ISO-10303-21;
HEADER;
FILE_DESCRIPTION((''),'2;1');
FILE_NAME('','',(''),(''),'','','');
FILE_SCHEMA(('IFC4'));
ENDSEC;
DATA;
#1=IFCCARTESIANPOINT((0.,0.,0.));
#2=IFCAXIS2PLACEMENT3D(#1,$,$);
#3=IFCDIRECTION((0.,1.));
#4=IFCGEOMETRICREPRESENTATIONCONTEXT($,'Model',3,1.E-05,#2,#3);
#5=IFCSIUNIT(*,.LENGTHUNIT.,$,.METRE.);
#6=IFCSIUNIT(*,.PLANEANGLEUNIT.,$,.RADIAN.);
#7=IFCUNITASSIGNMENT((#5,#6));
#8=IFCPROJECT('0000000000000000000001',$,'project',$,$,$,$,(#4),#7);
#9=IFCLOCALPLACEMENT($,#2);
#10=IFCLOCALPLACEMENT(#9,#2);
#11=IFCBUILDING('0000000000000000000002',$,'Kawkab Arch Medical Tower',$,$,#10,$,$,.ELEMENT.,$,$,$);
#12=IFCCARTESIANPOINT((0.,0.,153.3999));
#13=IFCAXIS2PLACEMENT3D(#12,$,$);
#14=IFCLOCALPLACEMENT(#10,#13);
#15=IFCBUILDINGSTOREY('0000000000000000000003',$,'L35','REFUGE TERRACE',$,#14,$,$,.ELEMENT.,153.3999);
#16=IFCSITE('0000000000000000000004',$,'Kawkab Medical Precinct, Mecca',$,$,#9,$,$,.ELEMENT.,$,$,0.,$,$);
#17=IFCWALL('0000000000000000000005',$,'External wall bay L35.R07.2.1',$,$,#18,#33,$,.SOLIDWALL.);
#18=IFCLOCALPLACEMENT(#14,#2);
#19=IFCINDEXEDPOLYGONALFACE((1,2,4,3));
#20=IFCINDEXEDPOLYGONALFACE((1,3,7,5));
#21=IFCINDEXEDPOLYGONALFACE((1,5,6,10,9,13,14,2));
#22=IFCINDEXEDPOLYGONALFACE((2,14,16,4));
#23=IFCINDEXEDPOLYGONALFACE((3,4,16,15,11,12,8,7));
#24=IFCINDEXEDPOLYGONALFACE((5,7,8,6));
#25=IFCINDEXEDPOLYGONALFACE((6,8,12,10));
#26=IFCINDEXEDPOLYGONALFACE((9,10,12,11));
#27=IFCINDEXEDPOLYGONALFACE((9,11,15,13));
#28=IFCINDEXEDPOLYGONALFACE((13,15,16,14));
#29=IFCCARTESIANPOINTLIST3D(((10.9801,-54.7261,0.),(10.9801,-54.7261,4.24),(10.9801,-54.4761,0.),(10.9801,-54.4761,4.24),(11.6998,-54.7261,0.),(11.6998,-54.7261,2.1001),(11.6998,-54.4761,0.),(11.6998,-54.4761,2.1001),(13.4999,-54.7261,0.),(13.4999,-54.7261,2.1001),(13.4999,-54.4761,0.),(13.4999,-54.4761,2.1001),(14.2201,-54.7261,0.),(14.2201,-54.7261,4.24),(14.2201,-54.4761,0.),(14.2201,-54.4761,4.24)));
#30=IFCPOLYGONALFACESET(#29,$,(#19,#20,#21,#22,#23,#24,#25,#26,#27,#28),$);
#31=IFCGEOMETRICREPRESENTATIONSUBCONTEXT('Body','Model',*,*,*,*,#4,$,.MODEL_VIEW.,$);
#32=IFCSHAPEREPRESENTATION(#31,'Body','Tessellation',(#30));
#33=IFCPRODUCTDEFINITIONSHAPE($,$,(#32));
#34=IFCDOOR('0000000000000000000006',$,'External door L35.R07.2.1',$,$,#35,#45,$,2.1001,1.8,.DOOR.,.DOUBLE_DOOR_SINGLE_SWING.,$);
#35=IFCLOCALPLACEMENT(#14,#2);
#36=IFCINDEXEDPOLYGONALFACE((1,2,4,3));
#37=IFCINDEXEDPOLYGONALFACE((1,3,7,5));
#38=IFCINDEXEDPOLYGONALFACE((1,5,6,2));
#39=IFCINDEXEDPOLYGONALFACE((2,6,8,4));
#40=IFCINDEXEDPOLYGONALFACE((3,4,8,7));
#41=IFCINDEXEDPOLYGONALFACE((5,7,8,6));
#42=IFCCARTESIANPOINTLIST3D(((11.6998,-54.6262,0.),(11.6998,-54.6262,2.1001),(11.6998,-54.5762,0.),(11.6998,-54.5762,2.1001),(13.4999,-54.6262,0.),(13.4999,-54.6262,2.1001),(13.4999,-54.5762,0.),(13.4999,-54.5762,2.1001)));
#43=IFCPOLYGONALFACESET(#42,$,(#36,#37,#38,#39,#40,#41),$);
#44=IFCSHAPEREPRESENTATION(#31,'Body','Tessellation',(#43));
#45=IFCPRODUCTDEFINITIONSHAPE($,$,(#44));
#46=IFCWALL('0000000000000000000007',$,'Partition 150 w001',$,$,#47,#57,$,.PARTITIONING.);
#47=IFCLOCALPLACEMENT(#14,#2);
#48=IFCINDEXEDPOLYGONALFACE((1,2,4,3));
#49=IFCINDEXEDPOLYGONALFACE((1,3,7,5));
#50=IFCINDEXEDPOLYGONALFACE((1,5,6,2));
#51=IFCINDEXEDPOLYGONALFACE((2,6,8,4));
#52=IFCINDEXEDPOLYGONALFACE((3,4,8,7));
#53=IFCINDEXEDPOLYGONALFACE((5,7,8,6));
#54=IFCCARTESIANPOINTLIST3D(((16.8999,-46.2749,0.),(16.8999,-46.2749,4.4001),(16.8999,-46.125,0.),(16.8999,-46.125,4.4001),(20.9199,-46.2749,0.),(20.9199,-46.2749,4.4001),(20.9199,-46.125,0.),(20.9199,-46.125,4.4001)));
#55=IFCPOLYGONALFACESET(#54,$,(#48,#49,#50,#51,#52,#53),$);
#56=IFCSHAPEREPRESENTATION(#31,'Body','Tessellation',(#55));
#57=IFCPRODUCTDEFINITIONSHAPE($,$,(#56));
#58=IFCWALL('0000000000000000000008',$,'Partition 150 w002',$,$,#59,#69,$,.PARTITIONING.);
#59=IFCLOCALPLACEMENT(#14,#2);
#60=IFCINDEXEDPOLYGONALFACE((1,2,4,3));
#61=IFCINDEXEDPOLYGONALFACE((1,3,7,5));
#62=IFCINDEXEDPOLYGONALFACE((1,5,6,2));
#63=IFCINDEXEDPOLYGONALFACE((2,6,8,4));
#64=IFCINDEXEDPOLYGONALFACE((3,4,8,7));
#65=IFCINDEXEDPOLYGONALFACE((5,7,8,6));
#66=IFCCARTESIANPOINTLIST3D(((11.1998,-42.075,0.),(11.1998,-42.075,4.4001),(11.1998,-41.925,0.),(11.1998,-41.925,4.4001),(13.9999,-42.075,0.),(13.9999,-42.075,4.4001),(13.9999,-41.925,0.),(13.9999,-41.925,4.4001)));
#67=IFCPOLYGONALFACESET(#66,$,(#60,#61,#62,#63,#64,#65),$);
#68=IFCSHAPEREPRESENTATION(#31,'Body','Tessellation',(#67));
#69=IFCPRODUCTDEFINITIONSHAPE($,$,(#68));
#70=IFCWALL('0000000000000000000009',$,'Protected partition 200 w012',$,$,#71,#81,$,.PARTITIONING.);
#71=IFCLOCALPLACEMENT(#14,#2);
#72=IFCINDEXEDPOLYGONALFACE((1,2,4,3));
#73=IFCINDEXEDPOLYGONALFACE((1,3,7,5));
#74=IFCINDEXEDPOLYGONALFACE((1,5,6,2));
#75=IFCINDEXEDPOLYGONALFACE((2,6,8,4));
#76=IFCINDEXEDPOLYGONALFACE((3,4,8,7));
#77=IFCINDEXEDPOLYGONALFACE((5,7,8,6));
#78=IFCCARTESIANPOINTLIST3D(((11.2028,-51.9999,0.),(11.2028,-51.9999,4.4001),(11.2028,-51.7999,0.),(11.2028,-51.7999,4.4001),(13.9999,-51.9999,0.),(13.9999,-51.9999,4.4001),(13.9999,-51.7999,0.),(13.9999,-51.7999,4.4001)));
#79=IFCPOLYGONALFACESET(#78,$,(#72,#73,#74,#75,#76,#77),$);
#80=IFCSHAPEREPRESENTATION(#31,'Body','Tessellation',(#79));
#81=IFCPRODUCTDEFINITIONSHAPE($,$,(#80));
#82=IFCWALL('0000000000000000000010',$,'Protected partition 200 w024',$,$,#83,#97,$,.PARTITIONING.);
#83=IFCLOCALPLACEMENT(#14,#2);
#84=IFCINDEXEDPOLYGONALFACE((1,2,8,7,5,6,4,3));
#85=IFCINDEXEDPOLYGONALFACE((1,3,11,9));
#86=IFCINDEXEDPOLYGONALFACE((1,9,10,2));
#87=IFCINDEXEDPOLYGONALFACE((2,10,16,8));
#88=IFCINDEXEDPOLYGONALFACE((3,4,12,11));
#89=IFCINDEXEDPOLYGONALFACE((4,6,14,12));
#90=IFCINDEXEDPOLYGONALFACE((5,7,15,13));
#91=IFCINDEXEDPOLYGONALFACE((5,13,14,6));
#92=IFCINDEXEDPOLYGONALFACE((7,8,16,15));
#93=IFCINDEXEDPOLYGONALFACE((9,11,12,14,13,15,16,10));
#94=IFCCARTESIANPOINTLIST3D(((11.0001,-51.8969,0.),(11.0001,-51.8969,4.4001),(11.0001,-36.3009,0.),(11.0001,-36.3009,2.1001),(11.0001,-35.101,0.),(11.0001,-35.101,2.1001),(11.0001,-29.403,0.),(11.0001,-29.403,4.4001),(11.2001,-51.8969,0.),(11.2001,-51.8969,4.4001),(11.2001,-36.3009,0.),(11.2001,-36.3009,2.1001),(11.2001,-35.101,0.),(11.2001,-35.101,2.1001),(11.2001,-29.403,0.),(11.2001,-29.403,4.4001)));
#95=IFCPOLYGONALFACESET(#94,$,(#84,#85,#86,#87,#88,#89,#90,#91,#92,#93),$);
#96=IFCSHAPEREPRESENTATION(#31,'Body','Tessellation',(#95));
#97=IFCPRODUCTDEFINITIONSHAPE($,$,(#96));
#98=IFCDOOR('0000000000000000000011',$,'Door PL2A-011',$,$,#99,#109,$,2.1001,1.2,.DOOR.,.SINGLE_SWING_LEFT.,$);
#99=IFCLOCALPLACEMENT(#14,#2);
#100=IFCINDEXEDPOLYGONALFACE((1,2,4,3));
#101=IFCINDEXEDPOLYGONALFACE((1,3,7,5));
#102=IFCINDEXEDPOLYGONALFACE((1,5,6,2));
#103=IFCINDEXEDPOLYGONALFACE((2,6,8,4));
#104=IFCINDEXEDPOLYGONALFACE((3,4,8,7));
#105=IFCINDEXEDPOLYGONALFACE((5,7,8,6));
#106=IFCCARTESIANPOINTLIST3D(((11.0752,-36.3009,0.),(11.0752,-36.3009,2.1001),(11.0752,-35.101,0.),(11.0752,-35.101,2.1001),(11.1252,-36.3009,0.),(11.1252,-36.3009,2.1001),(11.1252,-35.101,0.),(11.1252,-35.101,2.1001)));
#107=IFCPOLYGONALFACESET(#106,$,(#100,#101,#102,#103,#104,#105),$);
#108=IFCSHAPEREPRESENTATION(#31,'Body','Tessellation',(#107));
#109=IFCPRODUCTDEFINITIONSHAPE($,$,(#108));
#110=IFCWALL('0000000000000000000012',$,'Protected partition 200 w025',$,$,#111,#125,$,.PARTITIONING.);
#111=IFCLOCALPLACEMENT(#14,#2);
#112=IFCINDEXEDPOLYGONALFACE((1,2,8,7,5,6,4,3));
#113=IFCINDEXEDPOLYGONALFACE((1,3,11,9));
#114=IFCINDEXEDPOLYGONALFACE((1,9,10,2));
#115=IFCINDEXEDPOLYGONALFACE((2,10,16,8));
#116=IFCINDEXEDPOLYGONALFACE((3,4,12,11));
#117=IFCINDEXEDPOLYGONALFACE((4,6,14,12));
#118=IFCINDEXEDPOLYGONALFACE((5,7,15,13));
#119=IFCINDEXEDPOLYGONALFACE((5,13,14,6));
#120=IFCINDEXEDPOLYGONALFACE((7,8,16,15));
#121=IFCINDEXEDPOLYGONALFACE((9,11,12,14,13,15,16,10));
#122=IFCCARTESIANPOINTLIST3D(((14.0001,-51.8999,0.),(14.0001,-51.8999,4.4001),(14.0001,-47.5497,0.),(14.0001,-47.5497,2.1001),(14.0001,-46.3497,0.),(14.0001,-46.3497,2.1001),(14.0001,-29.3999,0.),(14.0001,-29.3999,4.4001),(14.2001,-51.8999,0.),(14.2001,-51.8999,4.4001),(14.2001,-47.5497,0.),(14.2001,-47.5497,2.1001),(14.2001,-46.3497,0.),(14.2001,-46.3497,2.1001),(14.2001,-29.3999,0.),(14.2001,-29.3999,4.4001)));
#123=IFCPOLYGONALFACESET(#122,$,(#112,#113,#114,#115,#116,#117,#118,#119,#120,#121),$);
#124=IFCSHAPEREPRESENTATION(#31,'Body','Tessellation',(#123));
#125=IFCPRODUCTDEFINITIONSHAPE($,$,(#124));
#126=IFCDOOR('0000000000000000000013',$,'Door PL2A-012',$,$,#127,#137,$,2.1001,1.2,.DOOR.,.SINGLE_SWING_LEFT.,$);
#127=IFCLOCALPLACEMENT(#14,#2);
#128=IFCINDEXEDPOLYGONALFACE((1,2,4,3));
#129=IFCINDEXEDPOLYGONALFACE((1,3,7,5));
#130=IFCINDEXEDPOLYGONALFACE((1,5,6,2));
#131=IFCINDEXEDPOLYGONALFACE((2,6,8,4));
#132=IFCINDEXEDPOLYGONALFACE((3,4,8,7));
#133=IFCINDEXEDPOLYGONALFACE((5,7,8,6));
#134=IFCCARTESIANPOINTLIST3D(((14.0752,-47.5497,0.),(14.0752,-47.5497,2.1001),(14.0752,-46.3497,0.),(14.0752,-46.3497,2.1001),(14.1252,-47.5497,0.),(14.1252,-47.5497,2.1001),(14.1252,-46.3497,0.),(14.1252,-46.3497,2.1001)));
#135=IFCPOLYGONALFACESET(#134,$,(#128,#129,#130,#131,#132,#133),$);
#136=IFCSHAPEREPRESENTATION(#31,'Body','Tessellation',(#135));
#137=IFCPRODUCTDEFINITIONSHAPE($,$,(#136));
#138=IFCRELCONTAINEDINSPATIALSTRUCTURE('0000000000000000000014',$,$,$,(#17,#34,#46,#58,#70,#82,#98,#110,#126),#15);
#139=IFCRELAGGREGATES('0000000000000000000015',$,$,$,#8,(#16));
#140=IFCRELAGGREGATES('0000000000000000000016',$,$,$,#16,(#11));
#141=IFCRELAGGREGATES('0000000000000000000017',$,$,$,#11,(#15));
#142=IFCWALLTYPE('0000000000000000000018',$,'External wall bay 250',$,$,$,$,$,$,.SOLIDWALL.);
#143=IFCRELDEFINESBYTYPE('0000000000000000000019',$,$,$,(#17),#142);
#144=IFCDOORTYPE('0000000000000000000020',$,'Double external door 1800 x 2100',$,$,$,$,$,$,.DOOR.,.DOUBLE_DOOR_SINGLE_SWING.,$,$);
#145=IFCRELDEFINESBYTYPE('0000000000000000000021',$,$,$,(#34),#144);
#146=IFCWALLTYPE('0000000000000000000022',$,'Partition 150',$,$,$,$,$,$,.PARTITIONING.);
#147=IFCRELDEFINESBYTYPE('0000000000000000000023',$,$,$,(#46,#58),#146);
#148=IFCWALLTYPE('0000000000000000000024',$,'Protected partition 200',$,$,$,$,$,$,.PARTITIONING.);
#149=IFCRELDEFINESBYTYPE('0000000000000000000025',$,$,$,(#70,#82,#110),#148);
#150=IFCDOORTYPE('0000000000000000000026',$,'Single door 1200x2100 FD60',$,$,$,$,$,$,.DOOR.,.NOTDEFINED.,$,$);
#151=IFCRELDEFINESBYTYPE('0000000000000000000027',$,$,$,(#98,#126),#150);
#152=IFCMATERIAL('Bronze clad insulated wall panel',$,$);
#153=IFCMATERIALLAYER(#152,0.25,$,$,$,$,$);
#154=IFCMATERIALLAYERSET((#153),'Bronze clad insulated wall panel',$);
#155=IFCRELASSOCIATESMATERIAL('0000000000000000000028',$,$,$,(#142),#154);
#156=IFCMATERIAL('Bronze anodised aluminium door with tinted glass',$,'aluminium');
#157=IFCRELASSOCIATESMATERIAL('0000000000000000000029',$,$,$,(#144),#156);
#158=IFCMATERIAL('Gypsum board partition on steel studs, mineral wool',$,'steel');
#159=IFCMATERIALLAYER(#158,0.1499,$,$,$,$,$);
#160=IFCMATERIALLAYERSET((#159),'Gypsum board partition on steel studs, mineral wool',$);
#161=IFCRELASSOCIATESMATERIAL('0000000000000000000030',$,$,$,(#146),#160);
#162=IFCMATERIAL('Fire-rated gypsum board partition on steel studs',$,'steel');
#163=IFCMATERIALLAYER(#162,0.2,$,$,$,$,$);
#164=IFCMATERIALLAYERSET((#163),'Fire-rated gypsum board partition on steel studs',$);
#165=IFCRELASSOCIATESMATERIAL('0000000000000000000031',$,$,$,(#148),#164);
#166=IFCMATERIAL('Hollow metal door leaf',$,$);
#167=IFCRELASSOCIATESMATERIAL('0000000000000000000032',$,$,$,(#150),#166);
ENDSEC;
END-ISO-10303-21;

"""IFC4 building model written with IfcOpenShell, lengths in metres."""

from ifc_helpers import new_model, si_unit, direction, frame, frame_2d, origin, place, context, subcontext, project, spatial, rectangle, extrude, material, layer, layer_set, type_object, element, fill, save


model = new_model("IFC4")

# Units and contexts
model_context = context("Model", 3, precision=1e-05, world=origin(), true_north=direction((0.0, 1.0)))
body_context = subcontext(model_context, "Body", "Model", "MODEL_VIEW")
ifc_project = project(units=[si_unit("LENGTHUNIT", "METRE"), si_unit("PLANEANGLEUNIT", "RADIAN")], contexts=[model_context])

# Site, building, storey
site_placement = place(None, origin())
site = spatial("IfcSite", under=ifc_project, at=site_placement, Name="Kawkab Medical Precinct, Mecca", CompositionType="ELEMENT", RefElevation=0.0)
building_placement = place(site_placement, origin())
building = spatial("IfcBuilding", under=site, at=building_placement, Name="Kawkab Arch Medical Tower", CompositionType="ELEMENT")
storey_placement = place(building_placement, frame((0.0, 0.0, 153.3999)))
storey = spatial("IfcBuildingStorey", under=building, at=storey_placement, Name="L35", Description="REFUGE TERRACE", CompositionType="ELEMENT", Elevation=153.3999)

# Wall, opening, door
ifc_material_1 = material(Name="Bronze clad insulated wall panel")
ifc_layer_1 = layer(ifc_material_1, 0.25)
ifc_layer_set_1 = layer_set([ifc_layer_1], Name="Bronze clad insulated wall panel")
wall_type_1 = type_object("IfcWallType", Name="External wall bay 250", PredefinedType="SOLIDWALL", material=ifc_layer_set_1)
wall_1_placement = place(storey_placement, frame((10.98, -54.6011, 0.0), z_axis=(0.0, 0.0, 1.0), x_axis=(1.0, 0.0, 0.0)))
wall_1 = element("IfcWall", 1, at=wall_1_placement, inside=storey, type_object=wall_type_1, Name="External wall bay L35.R07.2.1", PredefinedType="SOLIDWALL", context=body_context, shape_type="SweptSolid", body=[
    extrude(rectangle(XDim=3.24, YDim=0.25, at=frame_2d((1.6201, 0.0))), origin(), (0.0, 0.0, 1.0), 4.24),
])
opening_1_placement = place(wall_1_placement, frame((0.72, 0.0, 0.0)))
opening_1 = element("IfcOpeningElement", 2, at=opening_1_placement, cuts=wall_1, PredefinedType="OPENING", context=body_context, shape_type="SweptSolid", body=[
    extrude(rectangle(XDim=1.8, YDim=2.1001, at=frame_2d((0.8999, 1.05))), frame((0.0, 0.135, 0.0), z_axis=(0.0, -1.0, 0.0), x_axis=(1.0, 0.0, 0.0)), (0.0, 0.0, 1.0), 0.27),
])
ifc_material_2 = material(Name="Bronze anodised aluminium door with tinted glass", Category="aluminium")
door_type_1 = type_object("IfcDoorType", Name="Double external door 1800 x 2100", OperationType="DOUBLE_DOOR_SINGLE_SWING", PredefinedType="DOOR", material=ifc_material_2)
door_1_placement = place(opening_1_placement, origin())
door_1 = element("IfcDoor", 3, at=door_1_placement, inside=storey, type_object=door_type_1, Name="External door L35.R07.2.1", OperationType="DOUBLE_DOOR_SINGLE_SWING", OverallHeight=2.1001, OverallWidth=1.8, PredefinedType="DOOR", context=body_context, shape_type="SweptSolid", body=[
    extrude(rectangle(XDim=1.8, YDim=2.1001, at=frame_2d((0.8999, 1.05))), frame((0.0, 0.0249, 0.0), z_axis=(0.0, -1.0, 0.0), x_axis=(1.0, 0.0, 0.0)), (0.0, 0.0, 1.0), 0.05),
])
fill(opening_1, door_1)

# Walls
ifc_material_3 = material(Name="Gypsum board partition on steel studs, mineral wool", Category="steel")
ifc_layer_2 = layer(ifc_material_3, 0.1499)
ifc_layer_set_2 = layer_set([ifc_layer_2], Name="Gypsum board partition on steel studs, mineral wool")
wall_type_2 = type_object("IfcWallType", Name="Partition 150", PredefinedType="PARTITIONING", material=ifc_layer_set_2)
wall_2_placement = place(storey_placement, frame((16.8999, -46.2, 0.0), z_axis=(0.0, 0.0, 1.0), x_axis=(1.0, 0.0, 0.0)))
element("IfcWall", 4, at=wall_2_placement, inside=storey, type_object=wall_type_2, Name="Partition 150 w001", PredefinedType="PARTITIONING", context=body_context, shape_type="SweptSolid", body=[
    extrude(rectangle(XDim=4.02, YDim=0.1499, at=frame_2d((2.01, 0.0))), origin(), (0.0, 0.0, 1.0), 4.4001),
])
wall_3_placement = place(storey_placement, frame((11.2, -42.0, 0.0), z_axis=(0.0, 0.0, 1.0), x_axis=(1.0, 0.0, 0.0)))
element("IfcWall", 5, at=wall_3_placement, inside=storey, type_object=wall_type_2, Name="Partition 150 w002", PredefinedType="PARTITIONING", context=body_context, shape_type="SweptSolid", body=[
    extrude(rectangle(XDim=2.8, YDim=0.1499, at=frame_2d((1.3999, 0.0))), origin(), (0.0, 0.0, 1.0), 4.4001),
])
ifc_material_4 = material(Name="Fire-rated gypsum board partition on steel studs", Category="steel")
ifc_layer_3 = layer(ifc_material_4, 0.2)
ifc_layer_set_3 = layer_set([ifc_layer_3], Name="Fire-rated gypsum board partition on steel studs")
wall_type_3 = type_object("IfcWallType", Name="Protected partition 200", PredefinedType="PARTITIONING", material=ifc_layer_set_3)
wall_4_placement = place(storey_placement, frame((11.2029, -51.8999, 0.0), z_axis=(0.0, 0.0, 1.0), x_axis=(1.0, 0.0, 0.0)))
element("IfcWall", 6, at=wall_4_placement, inside=storey, type_object=wall_type_3, Name="Protected partition 200 w012", PredefinedType="PARTITIONING", context=body_context, shape_type="SweptSolid", body=[
    extrude(rectangle(XDim=2.7971, YDim=0.2, at=frame_2d((1.3984, 0.0))), origin(), (0.0, 0.0, 1.0), 4.4001),
])

# Walls, openings, doors
wall_5_placement = place(storey_placement, frame((11.1001, -51.897, 0.0), z_axis=(0.0, 0.0, 1.0), x_axis=(0.0, 1.0, 0.0)))
wall_5 = element("IfcWall", 7, at=wall_5_placement, inside=storey, type_object=wall_type_3, Name="Protected partition 200 w024", PredefinedType="PARTITIONING", context=body_context, shape_type="SweptSolid", body=[
    extrude(rectangle(XDim=22.4939, YDim=0.2, at=frame_2d((11.2471, 0.0))), origin(), (0.0, 0.0, 1.0), 4.4001),
])
opening_2_placement = place(wall_5_placement, frame((15.5959, 0.0, 0.0)))
opening_2 = element("IfcOpeningElement", 8, at=opening_2_placement, cuts=wall_5, PredefinedType="OPENING", context=body_context, shape_type="SweptSolid", body=[
    extrude(rectangle(XDim=1.2, YDim=2.1001, at=frame_2d((0.6001, 1.05))), frame((0.0, 0.1099, 0.0), z_axis=(0.0, -1.0, 0.0), x_axis=(1.0, 0.0, 0.0)), (0.0, 0.0, 1.0), 0.22),
])
ifc_material_5 = material(Name="Hollow metal door leaf")
door_type_2 = type_object("IfcDoorType", Name="Single door 1200x2100 FD60", OperationType="NOTDEFINED", PredefinedType="DOOR", material=ifc_material_5)
door_2_placement = place(opening_2_placement, origin())
door_2 = element("IfcDoor", 9, at=door_2_placement, inside=storey, type_object=door_type_2, Name="Door PL2A-011", OperationType="SINGLE_SWING_LEFT", OverallHeight=2.1001, OverallWidth=1.2, PredefinedType="DOOR", context=body_context, shape_type="SweptSolid", body=[
    extrude(rectangle(XDim=1.2, YDim=2.1001, at=frame_2d((0.6001, 1.05))), frame((0.0, 0.0249, 0.0), z_axis=(0.0, -1.0, 0.0), x_axis=(1.0, 0.0, 0.0)), (0.0, 0.0, 1.0), 0.05),
])
fill(opening_2, door_2)
wall_6_placement = place(storey_placement, frame((14.1001, -51.8999, 0.0), z_axis=(0.0, 0.0, 1.0), x_axis=(0.0, 1.0, 0.0)))
wall_6 = element("IfcWall", 10, at=wall_6_placement, inside=storey, type_object=wall_type_3, Name="Protected partition 200 w025", PredefinedType="PARTITIONING", context=body_context, shape_type="SweptSolid", body=[
    extrude(rectangle(XDim=22.5, YDim=0.2, at=frame_2d((11.25, 0.0))), origin(), (0.0, 0.0, 1.0), 4.4001),
])
opening_3_placement = place(wall_6_placement, frame((4.3501, 0.0, 0.0)))
opening_3 = element("IfcOpeningElement", 11, at=opening_3_placement, cuts=wall_6, PredefinedType="OPENING", context=body_context, shape_type="SweptSolid", body=[
    extrude(rectangle(XDim=1.2, YDim=2.1001, at=frame_2d((0.6001, 1.05))), frame((0.0, 0.1099, 0.0), z_axis=(0.0, -1.0, 0.0), x_axis=(1.0, 0.0, 0.0)), (0.0, 0.0, 1.0), 0.22),
])
door_3_placement = place(opening_3_placement, origin())
door_3 = element("IfcDoor", 12, at=door_3_placement, inside=storey, type_object=door_type_2, Name="Door PL2A-012", OperationType="SINGLE_SWING_LEFT", OverallHeight=2.1001, OverallWidth=1.2, PredefinedType="DOOR", context=body_context, shape_type="SweptSolid", body=[
    extrude(rectangle(XDim=1.2, YDim=2.1001, at=frame_2d((0.6001, 1.05))), frame((0.0, 0.0249, 0.0), z_axis=(0.0, -1.0, 0.0), x_axis=(1.0, 0.0, 0.0)), (0.0, 0.0, 1.0), 0.05),
])
fill(opening_3, door_3)

save(model, "model.ifc")
